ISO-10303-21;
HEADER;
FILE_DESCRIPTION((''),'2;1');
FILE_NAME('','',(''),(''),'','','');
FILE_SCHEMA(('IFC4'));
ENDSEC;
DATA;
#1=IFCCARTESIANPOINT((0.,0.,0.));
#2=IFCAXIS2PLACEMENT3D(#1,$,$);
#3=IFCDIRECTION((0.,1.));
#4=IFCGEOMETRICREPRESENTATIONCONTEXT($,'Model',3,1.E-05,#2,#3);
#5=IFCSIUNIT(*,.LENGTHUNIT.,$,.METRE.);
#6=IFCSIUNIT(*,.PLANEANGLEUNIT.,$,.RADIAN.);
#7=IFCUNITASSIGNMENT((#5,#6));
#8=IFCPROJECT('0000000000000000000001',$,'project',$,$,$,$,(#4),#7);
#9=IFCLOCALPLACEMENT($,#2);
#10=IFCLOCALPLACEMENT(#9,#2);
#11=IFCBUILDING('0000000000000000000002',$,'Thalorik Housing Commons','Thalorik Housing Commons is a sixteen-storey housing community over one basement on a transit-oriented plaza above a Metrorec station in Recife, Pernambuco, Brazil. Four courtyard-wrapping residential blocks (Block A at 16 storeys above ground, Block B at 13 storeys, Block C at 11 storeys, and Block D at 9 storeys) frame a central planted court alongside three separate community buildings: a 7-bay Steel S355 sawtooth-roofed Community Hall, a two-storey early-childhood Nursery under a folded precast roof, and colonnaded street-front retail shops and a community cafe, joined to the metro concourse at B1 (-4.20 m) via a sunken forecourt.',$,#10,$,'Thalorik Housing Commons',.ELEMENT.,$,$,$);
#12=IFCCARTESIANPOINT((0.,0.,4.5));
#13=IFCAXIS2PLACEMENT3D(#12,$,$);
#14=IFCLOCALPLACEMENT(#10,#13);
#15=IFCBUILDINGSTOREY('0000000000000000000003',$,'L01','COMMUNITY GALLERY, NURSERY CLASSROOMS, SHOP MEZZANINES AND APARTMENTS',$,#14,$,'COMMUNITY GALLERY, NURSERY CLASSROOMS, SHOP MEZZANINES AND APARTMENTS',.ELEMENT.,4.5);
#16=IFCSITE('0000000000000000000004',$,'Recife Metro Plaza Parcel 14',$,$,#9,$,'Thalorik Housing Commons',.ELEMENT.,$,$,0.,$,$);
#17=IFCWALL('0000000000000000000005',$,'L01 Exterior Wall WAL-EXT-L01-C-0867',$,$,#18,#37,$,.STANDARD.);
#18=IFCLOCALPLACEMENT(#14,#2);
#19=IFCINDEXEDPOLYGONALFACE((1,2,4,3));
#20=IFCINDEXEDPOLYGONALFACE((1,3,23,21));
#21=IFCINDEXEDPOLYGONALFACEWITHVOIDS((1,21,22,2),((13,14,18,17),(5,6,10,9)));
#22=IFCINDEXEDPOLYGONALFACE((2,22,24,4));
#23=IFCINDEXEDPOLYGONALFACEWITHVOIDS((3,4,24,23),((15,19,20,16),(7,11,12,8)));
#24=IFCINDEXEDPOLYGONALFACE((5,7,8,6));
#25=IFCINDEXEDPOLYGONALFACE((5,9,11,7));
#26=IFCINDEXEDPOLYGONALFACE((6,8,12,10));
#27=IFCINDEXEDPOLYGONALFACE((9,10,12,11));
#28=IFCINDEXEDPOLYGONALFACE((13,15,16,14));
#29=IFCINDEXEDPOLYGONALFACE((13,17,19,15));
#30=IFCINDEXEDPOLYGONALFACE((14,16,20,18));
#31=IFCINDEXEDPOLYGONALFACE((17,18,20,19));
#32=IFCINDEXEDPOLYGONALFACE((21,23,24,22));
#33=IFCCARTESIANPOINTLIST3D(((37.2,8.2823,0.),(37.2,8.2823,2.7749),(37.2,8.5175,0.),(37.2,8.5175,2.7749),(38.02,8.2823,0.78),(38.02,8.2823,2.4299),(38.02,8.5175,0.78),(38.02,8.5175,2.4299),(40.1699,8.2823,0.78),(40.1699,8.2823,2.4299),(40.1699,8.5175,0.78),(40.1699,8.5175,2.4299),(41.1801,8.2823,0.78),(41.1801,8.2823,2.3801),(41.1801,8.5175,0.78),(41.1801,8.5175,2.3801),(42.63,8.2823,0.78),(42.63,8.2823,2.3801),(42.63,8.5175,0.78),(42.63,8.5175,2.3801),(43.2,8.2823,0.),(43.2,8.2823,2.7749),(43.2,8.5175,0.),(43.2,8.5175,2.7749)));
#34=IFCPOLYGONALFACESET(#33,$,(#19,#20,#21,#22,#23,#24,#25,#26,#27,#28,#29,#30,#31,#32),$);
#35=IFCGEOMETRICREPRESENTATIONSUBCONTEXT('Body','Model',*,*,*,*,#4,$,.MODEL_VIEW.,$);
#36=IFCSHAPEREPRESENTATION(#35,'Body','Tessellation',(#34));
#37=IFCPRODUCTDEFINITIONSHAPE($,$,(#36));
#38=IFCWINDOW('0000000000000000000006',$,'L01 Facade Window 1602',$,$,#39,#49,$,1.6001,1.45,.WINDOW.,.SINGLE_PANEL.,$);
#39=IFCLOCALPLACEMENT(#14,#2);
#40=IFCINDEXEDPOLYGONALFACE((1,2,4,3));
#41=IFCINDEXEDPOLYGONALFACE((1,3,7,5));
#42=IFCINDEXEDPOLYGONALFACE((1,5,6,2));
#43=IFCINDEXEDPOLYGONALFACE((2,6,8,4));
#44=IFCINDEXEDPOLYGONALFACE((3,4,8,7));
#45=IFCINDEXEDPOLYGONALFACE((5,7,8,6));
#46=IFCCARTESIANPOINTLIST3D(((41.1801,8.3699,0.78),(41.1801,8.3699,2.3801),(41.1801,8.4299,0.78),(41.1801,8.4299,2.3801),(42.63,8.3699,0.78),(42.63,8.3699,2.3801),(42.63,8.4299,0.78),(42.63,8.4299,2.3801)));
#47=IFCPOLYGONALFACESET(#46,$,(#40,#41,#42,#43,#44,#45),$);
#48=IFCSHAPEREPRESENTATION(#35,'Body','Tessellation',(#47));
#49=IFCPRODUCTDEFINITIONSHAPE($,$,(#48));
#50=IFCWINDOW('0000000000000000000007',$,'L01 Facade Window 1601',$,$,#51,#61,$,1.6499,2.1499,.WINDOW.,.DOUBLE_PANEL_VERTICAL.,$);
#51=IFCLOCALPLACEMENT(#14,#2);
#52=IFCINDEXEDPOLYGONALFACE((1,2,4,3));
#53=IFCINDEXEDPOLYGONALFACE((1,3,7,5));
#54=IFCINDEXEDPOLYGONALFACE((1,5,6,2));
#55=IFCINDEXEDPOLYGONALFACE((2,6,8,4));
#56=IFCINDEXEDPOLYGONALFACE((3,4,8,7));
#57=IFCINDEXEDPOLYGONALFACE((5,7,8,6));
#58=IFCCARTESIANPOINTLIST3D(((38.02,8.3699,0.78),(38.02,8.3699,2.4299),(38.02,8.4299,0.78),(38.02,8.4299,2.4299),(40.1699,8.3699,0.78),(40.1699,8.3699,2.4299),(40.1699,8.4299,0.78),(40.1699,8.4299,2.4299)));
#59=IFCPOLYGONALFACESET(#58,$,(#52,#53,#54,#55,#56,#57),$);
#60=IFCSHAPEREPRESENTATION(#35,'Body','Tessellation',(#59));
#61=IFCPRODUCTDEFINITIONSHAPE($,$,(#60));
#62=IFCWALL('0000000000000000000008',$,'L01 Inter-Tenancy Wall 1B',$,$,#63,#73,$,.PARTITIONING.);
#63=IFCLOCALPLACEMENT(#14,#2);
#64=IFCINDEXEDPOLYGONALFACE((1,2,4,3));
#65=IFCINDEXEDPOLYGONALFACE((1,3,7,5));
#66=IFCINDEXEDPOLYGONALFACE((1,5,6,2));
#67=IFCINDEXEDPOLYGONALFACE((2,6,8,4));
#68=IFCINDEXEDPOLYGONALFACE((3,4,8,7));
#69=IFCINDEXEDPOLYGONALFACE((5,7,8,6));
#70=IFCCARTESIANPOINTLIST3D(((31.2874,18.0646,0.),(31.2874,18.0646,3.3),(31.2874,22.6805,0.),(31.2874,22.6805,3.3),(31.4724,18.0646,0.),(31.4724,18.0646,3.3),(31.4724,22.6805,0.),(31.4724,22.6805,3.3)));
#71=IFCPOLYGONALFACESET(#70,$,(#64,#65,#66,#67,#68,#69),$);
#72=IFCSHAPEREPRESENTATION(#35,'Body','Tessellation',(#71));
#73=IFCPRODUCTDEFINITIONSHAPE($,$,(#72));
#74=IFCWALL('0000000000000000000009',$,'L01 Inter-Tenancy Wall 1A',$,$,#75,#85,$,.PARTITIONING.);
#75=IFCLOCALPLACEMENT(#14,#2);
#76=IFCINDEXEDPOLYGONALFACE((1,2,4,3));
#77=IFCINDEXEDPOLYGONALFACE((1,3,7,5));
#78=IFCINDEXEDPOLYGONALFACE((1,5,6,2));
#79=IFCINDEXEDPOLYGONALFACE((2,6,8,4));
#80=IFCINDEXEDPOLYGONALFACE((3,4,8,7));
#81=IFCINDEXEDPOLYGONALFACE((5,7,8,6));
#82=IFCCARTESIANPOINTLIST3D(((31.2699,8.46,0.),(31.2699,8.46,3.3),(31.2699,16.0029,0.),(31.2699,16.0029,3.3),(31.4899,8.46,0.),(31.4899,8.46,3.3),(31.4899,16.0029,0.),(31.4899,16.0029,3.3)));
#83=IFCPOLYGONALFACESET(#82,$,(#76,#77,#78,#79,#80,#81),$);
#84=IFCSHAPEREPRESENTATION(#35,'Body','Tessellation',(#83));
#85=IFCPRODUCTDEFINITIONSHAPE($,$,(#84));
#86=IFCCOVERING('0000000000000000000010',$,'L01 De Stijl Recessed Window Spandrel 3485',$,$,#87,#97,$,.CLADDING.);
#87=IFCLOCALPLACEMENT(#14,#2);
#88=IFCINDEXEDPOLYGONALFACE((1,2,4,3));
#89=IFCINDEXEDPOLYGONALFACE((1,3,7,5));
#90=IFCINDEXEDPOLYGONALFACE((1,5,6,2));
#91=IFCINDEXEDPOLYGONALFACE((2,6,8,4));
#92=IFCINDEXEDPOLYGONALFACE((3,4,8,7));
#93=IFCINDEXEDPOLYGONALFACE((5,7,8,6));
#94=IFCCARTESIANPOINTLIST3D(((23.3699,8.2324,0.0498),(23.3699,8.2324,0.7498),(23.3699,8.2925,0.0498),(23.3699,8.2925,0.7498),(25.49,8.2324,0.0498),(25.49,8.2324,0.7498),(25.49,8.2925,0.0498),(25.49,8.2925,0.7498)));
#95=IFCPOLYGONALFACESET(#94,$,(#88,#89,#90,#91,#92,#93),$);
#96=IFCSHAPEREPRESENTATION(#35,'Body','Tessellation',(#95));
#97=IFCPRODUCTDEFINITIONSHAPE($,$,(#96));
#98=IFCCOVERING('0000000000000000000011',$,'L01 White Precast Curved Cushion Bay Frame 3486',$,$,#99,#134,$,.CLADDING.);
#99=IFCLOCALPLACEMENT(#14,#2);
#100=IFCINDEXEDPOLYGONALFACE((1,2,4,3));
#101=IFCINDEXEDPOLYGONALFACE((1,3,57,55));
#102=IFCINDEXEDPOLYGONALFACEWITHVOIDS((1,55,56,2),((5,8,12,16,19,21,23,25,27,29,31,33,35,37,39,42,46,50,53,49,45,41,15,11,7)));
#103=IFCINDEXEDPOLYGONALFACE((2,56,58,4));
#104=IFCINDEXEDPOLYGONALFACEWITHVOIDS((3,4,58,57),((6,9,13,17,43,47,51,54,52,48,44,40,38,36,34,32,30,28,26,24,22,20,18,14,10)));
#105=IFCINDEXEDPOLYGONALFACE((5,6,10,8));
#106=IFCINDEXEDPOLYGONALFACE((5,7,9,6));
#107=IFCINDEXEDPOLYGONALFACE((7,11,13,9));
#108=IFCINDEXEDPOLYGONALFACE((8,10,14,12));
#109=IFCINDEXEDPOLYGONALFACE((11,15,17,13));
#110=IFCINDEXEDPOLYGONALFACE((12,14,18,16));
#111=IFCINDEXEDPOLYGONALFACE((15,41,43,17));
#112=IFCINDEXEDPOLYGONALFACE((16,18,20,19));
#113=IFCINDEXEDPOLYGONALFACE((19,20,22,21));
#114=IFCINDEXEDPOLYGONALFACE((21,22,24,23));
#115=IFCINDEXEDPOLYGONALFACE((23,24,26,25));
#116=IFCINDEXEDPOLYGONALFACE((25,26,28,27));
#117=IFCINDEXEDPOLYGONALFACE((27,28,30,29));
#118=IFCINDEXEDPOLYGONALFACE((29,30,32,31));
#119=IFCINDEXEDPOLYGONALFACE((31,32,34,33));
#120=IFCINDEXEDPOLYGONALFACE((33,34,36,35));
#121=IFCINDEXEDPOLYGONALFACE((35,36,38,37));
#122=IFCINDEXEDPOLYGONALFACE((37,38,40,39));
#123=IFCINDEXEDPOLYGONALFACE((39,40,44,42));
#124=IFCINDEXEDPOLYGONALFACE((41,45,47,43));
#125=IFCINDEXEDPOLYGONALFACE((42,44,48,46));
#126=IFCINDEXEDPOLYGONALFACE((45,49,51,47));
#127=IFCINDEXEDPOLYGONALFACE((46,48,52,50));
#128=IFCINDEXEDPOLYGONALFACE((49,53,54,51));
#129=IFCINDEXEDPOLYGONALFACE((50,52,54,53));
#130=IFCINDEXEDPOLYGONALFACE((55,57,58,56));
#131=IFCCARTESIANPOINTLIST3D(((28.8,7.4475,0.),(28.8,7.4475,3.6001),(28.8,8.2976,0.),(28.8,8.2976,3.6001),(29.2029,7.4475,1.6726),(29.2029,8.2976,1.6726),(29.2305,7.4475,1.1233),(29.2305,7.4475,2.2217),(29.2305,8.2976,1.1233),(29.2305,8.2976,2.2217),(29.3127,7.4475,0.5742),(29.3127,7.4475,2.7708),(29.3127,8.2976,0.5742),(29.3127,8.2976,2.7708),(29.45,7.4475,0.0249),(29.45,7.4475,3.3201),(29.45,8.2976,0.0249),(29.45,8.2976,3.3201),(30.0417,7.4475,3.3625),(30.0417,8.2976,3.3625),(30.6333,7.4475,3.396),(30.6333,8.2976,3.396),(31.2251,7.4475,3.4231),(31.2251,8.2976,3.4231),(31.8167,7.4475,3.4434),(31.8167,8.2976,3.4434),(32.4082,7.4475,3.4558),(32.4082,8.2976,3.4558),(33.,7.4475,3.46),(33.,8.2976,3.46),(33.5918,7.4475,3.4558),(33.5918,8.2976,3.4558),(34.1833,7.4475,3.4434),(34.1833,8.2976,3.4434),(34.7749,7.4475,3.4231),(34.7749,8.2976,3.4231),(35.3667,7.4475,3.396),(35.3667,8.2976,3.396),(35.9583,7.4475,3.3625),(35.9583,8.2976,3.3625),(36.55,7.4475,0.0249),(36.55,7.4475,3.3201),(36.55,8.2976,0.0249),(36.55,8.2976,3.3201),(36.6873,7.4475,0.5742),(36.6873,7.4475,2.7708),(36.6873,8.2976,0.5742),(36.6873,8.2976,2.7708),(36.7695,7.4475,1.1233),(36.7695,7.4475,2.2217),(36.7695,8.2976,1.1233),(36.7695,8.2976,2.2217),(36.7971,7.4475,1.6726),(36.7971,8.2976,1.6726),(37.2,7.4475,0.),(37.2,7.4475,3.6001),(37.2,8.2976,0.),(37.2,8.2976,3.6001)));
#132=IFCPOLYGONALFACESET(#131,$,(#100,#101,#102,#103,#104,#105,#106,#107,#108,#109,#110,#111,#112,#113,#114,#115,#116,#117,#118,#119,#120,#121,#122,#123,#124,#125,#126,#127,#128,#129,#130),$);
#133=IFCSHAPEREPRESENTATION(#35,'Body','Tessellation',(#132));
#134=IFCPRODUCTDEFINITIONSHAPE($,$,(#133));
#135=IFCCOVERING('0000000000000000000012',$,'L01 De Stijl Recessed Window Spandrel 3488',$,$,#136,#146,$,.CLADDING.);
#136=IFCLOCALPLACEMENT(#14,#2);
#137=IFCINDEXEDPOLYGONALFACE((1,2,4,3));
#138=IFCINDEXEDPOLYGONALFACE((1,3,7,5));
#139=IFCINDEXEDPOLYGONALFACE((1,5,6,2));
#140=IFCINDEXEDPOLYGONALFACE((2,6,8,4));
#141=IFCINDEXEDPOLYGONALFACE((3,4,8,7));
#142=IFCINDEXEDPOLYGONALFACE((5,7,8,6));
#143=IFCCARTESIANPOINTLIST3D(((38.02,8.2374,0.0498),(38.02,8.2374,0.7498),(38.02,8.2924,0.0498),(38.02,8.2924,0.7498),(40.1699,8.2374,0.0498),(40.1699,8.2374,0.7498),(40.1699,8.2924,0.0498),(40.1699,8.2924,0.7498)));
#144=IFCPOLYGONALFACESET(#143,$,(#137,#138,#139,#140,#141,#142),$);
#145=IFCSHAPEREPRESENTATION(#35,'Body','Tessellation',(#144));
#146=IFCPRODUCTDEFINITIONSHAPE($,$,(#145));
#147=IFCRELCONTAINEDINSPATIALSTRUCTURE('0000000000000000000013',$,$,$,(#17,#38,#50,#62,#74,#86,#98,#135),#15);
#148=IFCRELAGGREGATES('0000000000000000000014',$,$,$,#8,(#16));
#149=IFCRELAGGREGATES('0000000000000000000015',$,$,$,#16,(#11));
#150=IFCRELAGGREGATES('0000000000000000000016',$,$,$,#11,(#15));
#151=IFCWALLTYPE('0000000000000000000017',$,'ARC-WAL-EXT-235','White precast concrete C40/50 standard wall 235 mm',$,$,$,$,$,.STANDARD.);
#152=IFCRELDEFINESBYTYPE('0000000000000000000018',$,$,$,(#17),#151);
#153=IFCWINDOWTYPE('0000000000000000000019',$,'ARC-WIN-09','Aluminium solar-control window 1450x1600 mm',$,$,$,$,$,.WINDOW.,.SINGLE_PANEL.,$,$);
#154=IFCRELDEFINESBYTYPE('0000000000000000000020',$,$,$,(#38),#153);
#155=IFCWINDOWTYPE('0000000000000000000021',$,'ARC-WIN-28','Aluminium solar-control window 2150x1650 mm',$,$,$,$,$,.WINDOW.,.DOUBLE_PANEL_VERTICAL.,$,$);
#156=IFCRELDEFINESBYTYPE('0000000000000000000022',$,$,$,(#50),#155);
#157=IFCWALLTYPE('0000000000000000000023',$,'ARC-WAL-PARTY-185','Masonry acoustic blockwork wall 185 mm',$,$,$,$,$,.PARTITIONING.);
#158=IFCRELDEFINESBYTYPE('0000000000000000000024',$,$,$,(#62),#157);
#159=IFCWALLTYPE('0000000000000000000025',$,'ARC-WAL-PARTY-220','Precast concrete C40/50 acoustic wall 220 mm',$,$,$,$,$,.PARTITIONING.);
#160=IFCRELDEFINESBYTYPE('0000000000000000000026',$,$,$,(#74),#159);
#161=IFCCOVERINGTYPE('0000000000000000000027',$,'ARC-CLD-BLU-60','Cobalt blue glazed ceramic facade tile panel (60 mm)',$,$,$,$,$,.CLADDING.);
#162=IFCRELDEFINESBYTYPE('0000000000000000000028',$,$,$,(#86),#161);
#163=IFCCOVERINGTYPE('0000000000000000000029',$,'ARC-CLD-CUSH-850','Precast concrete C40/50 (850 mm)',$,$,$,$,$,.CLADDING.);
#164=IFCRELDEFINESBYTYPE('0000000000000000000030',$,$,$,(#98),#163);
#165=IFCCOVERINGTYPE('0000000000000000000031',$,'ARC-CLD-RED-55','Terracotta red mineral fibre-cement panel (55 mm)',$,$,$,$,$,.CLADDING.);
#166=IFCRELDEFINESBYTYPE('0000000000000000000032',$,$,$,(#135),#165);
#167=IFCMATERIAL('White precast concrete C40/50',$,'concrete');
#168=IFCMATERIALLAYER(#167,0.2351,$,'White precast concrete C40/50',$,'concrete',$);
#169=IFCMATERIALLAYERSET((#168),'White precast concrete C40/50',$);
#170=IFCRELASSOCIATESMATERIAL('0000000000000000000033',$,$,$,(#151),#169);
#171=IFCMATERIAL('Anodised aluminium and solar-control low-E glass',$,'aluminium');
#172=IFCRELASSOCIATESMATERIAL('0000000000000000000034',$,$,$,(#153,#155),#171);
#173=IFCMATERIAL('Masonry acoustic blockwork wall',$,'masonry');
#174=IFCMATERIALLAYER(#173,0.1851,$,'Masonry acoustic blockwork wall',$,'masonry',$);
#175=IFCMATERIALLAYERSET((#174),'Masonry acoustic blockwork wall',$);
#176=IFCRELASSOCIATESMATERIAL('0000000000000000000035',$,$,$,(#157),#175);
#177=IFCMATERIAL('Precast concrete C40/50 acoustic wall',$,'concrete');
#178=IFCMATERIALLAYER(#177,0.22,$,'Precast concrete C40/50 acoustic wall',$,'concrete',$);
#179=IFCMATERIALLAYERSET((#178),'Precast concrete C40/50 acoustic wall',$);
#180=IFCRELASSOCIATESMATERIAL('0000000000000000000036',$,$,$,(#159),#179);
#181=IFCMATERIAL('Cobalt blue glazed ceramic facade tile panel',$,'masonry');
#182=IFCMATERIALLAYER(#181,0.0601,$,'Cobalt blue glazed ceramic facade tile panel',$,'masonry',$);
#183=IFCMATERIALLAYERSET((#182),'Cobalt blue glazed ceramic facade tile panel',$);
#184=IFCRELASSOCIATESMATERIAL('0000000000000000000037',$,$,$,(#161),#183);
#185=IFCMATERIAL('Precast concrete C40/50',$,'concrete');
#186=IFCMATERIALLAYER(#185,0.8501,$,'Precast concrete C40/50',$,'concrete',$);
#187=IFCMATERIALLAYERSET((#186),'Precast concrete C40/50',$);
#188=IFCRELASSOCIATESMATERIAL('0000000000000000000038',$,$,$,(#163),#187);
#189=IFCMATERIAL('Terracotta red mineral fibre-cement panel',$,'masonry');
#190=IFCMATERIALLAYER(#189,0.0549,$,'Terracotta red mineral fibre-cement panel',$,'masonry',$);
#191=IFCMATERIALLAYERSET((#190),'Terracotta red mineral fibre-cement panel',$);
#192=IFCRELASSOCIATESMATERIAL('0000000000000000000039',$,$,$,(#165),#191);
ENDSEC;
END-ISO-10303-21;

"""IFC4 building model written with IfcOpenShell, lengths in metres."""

from ifc_helpers import new_model, si_unit, direction, frame, frame_2d, origin, origin_2d, place, context, subcontext, project, spatial, polyline, rectangle, outline, extrude, material, layer, layer_set, type_object, element, fill, save


model = new_model("IFC4")

# Units and contexts
model_context = context("Model", 3, precision=1e-05, world=origin(), true_north=direction((0.0, 1.0)))
body_context = subcontext(model_context, "Body", "Model", "MODEL_VIEW")
ifc_project = project(units=[si_unit("LENGTHUNIT", "METRE"), si_unit("PLANEANGLEUNIT", "RADIAN")], contexts=[model_context])

# Site, building, storey
site_placement = place(None, origin())
site = spatial("IfcSite", under=ifc_project, at=site_placement, Name="Recife Metro Plaza Parcel 14", LongName="Thalorik Housing Commons", CompositionType="ELEMENT", RefElevation=0.0)
building_placement = place(site_placement, origin())
building = spatial("IfcBuilding", under=site, at=building_placement, Name="Thalorik Housing Commons", Description="Thalorik Housing Commons is a sixteen-storey housing community over one basement on a transit-oriented plaza above a Metrorec station in Recife, Pernambuco, Brazil. Four courtyard-wrapping residential blocks (Block A at 16 storeys above ground, Block B at 13 storeys, Block C at 11 storeys, and Block D at 9 storeys) frame a central planted court alongside three separate community buildings: a 7-bay Steel S355 sawtooth-roofed Community Hall, a two-storey early-childhood Nursery under a folded precast roof, and colonnaded street-front retail shops and a community cafe, joined to the metro concourse at B1 (-4.20 m) via a sunken forecourt.", LongName="Thalorik Housing Commons", CompositionType="ELEMENT")
storey_placement = place(building_placement, frame((0.0, 0.0, 4.5)))
storey = spatial("IfcBuildingStorey", under=building, at=storey_placement, Name="L01", Description="COMMUNITY GALLERY, NURSERY CLASSROOMS, SHOP MEZZANINES AND APARTMENTS", LongName="COMMUNITY GALLERY, NURSERY CLASSROOMS, SHOP MEZZANINES AND APARTMENTS", CompositionType="ELEMENT", Elevation=4.5)

# Shared definitions
ifc_material_1 = material(Name="Precast concrete C40/50", Category="concrete")

# Shared definitions
ifc_material_2 = material(Name="Anodised aluminium and solar-control low-E glass", Category="aluminium")

# Shared definitions
ifc_material_3 = material(Name="White precast concrete C40/50", Category="concrete")
ifc_layer_1 = layer(ifc_material_3, 0.2351, Name="White precast concrete C40/50", Category="concrete")
ifc_layer_set_1 = layer_set([ifc_layer_1], Name="White precast concrete C40/50")
wall_type_1 = type_object("IfcWallType", Name="ARC-WAL-EXT-235", Description="White precast concrete C40/50 standard wall 235 mm", PredefinedType="STANDARD", material=ifc_layer_set_1)

# Wall, openings, windows
wall_1_placement = place(storey_placement, frame((37.2, 8.3999, 0.0), z_axis=(0.0, 0.0, 1.0), x_axis=(1.0, 0.0, 0.0)))
wall_1 = element("IfcWall", 1, at=wall_1_placement, inside=storey, type_object=wall_type_1, Name="L01 Exterior Wall WAL-EXT-L01-C-0867", PredefinedType="STANDARD", context=body_context, shape_type="SweptSolid", body=[
    extrude(rectangle(XDim=6.0, YDim=0.2351, at=frame_2d((3.0, 0.0))), origin(), (0.0, 0.0, 1.0), 2.7749),
])
opening_1_placement = place(wall_1_placement, frame((0.8201, 0.0, 0.78)))
opening_1 = element("IfcOpeningElement", 2, at=opening_1_placement, cuts=wall_1, PredefinedType="OPENING", context=body_context, shape_type="SweptSolid", body=[
    extrude(rectangle(XDim=2.1499, YDim=1.6499, at=frame_2d((1.075, 0.825))), frame((0.0, 0.1274, 0.0), z_axis=(0.0, -1.0, 0.0), x_axis=(1.0, 0.0, 0.0)), (0.0, 0.0, 1.0), 0.2551),
])
opening_2_placement = place(wall_1_placement, frame((3.98, 0.0, 0.78)))
opening_2 = element("IfcOpeningElement", 3, at=opening_2_placement, cuts=wall_1, PredefinedType="OPENING", context=body_context, shape_type="SweptSolid", body=[
    extrude(rectangle(XDim=1.45, YDim=1.6001, at=frame_2d((0.7251, 0.8))), frame((0.0, 0.1274, 0.0), z_axis=(0.0, -1.0, 0.0), x_axis=(1.0, 0.0, 0.0)), (0.0, 0.0, 1.0), 0.2551),
])
window_type_1 = type_object("IfcWindowType", Name="ARC-WIN-09", Description="Aluminium solar-control window 1450x1600 mm", PartitioningType="SINGLE_PANEL", PredefinedType="WINDOW", material=ifc_material_2)
window_1_placement = place(opening_2_placement, origin())
window_1 = element("IfcWindow", 4, at=window_1_placement, inside=storey, type_object=window_type_1, Name="L01 Facade Window 1602", OverallHeight=1.6001, OverallWidth=1.45, PartitioningType="SINGLE_PANEL", PredefinedType="WINDOW", context=body_context, shape_type="SweptSolid", body=[
    extrude(rectangle(XDim=1.45, YDim=1.6001, at=frame_2d((0.7251, 0.8))), frame((0.0, 0.03, 0.0), z_axis=(0.0, -1.0, 0.0), x_axis=(1.0, 0.0, 0.0)), (0.0, 0.0, 1.0), 0.0601),
])
fill(opening_2, window_1)
window_type_2 = type_object("IfcWindowType", Name="ARC-WIN-28", Description="Aluminium solar-control window 2150x1650 mm", PartitioningType="DOUBLE_PANEL_VERTICAL", PredefinedType="WINDOW", material=ifc_material_2)
window_2_placement = place(opening_1_placement, origin())
window_2 = element("IfcWindow", 5, at=window_2_placement, inside=storey, type_object=window_type_2, Name="L01 Facade Window 1601", OverallHeight=1.6499, OverallWidth=2.1499, PartitioningType="DOUBLE_PANEL_VERTICAL", PredefinedType="WINDOW", context=body_context, shape_type="SweptSolid", body=[
    extrude(rectangle(XDim=2.1499, YDim=1.6499, at=frame_2d((1.075, 0.825))), frame((0.0, 0.03, 0.0), z_axis=(0.0, -1.0, 0.0), x_axis=(1.0, 0.0, 0.0)), (0.0, 0.0, 1.0), 0.0601),
])
fill(opening_1, window_2)

# Walls
ifc_material_4 = material(Name="Masonry acoustic blockwork wall", Category="masonry")
ifc_layer_2 = layer(ifc_material_4, 0.1851, Name="Masonry acoustic blockwork wall", Category="masonry")
ifc_layer_set_2 = layer_set([ifc_layer_2], Name="Masonry acoustic blockwork wall")
wall_type_2 = type_object("IfcWallType", Name="ARC-WAL-PARTY-185", Description="Masonry acoustic blockwork wall 185 mm", PredefinedType="PARTITIONING", material=ifc_layer_set_2)
wall_2_placement = place(storey_placement, frame((31.3799, 18.0645, 0.0), z_axis=(0.0, 0.0, 1.0), x_axis=(0.0, 1.0, 0.0)))
element("IfcWall", 6, at=wall_2_placement, inside=storey, type_object=wall_type_2, Name="L01 Inter-Tenancy Wall 1B", PredefinedType="PARTITIONING", context=body_context, shape_type="SweptSolid", body=[
    extrude(rectangle(XDim=4.616, YDim=0.1851, at=frame_2d((2.3081, 0.0))), origin(), (0.0, 0.0, 1.0), 3.3),
])
ifc_material_5 = material(Name="Precast concrete C40/50 acoustic wall", Category="concrete")
ifc_layer_3 = layer(ifc_material_5, 0.22, Name="Precast concrete C40/50 acoustic wall", Category="concrete")
ifc_layer_set_3 = layer_set([ifc_layer_3], Name="Precast concrete C40/50 acoustic wall")
wall_type_3 = type_object("IfcWallType", Name="ARC-WAL-PARTY-220", Description="Precast concrete C40/50 acoustic wall 220 mm", PredefinedType="PARTITIONING", material=ifc_layer_set_3)
wall_3_placement = place(storey_placement, frame((31.3799, 8.46, 0.0), z_axis=(0.0, 0.0, 1.0), x_axis=(0.0, 1.0, 0.0)))
element("IfcWall", 7, at=wall_3_placement, inside=storey, type_object=wall_type_3, Name="L01 Inter-Tenancy Wall 1A", PredefinedType="PARTITIONING", context=body_context, shape_type="SweptSolid", body=[
    extrude(rectangle(XDim=7.543, YDim=0.22, at=frame_2d((3.7715, 0.0))), origin(), (0.0, 0.0, 1.0), 3.3),
])

# Coverings
ifc_material_6 = material(Name="Cobalt blue glazed ceramic facade tile panel", Category="masonry")
ifc_layer_4 = layer(ifc_material_6, 0.0601, Name="Cobalt blue glazed ceramic facade tile panel", Category="masonry")
ifc_layer_set_4 = layer_set([ifc_layer_4], Name="Cobalt blue glazed ceramic facade tile panel")
covering_type_1 = type_object("IfcCoveringType", Name="ARC-CLD-BLU-60", Description="Cobalt blue glazed ceramic facade tile panel (60 mm)", PredefinedType="CLADDING", material=ifc_layer_set_4)
covering_1_placement = place(storey_placement, frame((24.4299, 8.2625, 0.0498), z_axis=(0.0, 0.0, 1.0), x_axis=(1.0, 0.0, 0.0)))
element("IfcCovering", 8, at=covering_1_placement, inside=storey, type_object=covering_type_1, Name="L01 De Stijl Recessed Window Spandrel 3485", PredefinedType="CLADDING", context=body_context, shape_type="SweptSolid", body=[
    extrude(rectangle(XDim=2.1201, YDim=0.0601, at=origin_2d()), origin(), (0.0, 0.0, 1.0), 0.7),
])
ifc_layer_5 = layer(ifc_material_1, 0.8501, Name="Precast concrete C40/50", Category="concrete")
ifc_layer_set_5 = layer_set([ifc_layer_5], Name="Precast concrete C40/50")
covering_type_2 = type_object("IfcCoveringType", Name="ARC-CLD-CUSH-850", Description="Precast concrete C40/50 (850 mm)", PredefinedType="CLADDING", material=ifc_layer_set_5)
covering_2_placement = place(storey_placement, frame((33.0, 7.8726, 0.0), z_axis=(0.0, 0.0, 1.0), x_axis=(1.0, 0.0, 0.0)))
element("IfcCovering", 9, at=covering_2_placement, inside=storey, type_object=covering_type_2, Name="L01 White Precast Curved Cushion Bay Frame 3486", PredefinedType="CLADDING", context=body_context, shape_type="SweptSolid", body=[
    extrude(outline(polyline([(-4.2, 0.0), (4.2, 0.0), (4.2, 3.6001), (-4.2, 3.6001), (-4.2, 0.0)]), holes=[polyline([(3.55, 0.0249), (3.6873, 0.5742), (3.7695, 1.1233), (3.7971, 1.6726), (3.7695, 2.2217), (3.6873, 2.7708), (3.55, 3.3201), (2.9583, 3.3625), (2.3667, 3.396), (1.7749, 3.4231), (1.1833, 3.4434), (0.5918, 3.4558), (0.0, 3.46), (-0.5918, 3.4558), (-1.1833, 3.4434), (-1.7749, 3.4231), (-2.3667, 3.396), (-2.9583, 3.3625), (-3.55, 3.3201), (-3.6873, 2.7708), (-3.7695, 2.2217), (-3.7971, 1.6726), (-3.7695, 1.1233), (-3.6873, 0.5742), (-3.55, 0.0249), (3.55, 0.0249)])]), frame((0.0, 0.425, 0.0), z_axis=(0.0, -1.0, 0.0), x_axis=(1.0, 0.0, 0.0)), (0.0, 0.0, 1.0), 0.8501),
])
ifc_material_7 = material(Name="Terracotta red mineral fibre-cement panel", Category="masonry")
ifc_layer_6 = layer(ifc_material_7, 0.0549, Name="Terracotta red mineral fibre-cement panel", Category="masonry")
ifc_layer_set_6 = layer_set([ifc_layer_6], Name="Terracotta red mineral fibre-cement panel")
covering_type_3 = type_object("IfcCoveringType", Name="ARC-CLD-RED-55", Description="Terracotta red mineral fibre-cement panel (55 mm)", PredefinedType="CLADDING", material=ifc_layer_set_6)
covering_3_placement = place(storey_placement, frame((39.095, 8.2649, 0.0498), z_axis=(0.0, 0.0, 1.0), x_axis=(1.0, 0.0, 0.0)))
element("IfcCovering", 10, at=covering_3_placement, inside=storey, type_object=covering_type_3, Name="L01 De Stijl Recessed Window Spandrel 3488", PredefinedType="CLADDING", context=body_context, shape_type="SweptSolid", body=[
    extrude(rectangle(XDim=2.1499, YDim=0.0549, at=origin_2d()), origin(), (0.0, 0.0, 1.0), 0.7),
])

save(model, "model.ifc")
